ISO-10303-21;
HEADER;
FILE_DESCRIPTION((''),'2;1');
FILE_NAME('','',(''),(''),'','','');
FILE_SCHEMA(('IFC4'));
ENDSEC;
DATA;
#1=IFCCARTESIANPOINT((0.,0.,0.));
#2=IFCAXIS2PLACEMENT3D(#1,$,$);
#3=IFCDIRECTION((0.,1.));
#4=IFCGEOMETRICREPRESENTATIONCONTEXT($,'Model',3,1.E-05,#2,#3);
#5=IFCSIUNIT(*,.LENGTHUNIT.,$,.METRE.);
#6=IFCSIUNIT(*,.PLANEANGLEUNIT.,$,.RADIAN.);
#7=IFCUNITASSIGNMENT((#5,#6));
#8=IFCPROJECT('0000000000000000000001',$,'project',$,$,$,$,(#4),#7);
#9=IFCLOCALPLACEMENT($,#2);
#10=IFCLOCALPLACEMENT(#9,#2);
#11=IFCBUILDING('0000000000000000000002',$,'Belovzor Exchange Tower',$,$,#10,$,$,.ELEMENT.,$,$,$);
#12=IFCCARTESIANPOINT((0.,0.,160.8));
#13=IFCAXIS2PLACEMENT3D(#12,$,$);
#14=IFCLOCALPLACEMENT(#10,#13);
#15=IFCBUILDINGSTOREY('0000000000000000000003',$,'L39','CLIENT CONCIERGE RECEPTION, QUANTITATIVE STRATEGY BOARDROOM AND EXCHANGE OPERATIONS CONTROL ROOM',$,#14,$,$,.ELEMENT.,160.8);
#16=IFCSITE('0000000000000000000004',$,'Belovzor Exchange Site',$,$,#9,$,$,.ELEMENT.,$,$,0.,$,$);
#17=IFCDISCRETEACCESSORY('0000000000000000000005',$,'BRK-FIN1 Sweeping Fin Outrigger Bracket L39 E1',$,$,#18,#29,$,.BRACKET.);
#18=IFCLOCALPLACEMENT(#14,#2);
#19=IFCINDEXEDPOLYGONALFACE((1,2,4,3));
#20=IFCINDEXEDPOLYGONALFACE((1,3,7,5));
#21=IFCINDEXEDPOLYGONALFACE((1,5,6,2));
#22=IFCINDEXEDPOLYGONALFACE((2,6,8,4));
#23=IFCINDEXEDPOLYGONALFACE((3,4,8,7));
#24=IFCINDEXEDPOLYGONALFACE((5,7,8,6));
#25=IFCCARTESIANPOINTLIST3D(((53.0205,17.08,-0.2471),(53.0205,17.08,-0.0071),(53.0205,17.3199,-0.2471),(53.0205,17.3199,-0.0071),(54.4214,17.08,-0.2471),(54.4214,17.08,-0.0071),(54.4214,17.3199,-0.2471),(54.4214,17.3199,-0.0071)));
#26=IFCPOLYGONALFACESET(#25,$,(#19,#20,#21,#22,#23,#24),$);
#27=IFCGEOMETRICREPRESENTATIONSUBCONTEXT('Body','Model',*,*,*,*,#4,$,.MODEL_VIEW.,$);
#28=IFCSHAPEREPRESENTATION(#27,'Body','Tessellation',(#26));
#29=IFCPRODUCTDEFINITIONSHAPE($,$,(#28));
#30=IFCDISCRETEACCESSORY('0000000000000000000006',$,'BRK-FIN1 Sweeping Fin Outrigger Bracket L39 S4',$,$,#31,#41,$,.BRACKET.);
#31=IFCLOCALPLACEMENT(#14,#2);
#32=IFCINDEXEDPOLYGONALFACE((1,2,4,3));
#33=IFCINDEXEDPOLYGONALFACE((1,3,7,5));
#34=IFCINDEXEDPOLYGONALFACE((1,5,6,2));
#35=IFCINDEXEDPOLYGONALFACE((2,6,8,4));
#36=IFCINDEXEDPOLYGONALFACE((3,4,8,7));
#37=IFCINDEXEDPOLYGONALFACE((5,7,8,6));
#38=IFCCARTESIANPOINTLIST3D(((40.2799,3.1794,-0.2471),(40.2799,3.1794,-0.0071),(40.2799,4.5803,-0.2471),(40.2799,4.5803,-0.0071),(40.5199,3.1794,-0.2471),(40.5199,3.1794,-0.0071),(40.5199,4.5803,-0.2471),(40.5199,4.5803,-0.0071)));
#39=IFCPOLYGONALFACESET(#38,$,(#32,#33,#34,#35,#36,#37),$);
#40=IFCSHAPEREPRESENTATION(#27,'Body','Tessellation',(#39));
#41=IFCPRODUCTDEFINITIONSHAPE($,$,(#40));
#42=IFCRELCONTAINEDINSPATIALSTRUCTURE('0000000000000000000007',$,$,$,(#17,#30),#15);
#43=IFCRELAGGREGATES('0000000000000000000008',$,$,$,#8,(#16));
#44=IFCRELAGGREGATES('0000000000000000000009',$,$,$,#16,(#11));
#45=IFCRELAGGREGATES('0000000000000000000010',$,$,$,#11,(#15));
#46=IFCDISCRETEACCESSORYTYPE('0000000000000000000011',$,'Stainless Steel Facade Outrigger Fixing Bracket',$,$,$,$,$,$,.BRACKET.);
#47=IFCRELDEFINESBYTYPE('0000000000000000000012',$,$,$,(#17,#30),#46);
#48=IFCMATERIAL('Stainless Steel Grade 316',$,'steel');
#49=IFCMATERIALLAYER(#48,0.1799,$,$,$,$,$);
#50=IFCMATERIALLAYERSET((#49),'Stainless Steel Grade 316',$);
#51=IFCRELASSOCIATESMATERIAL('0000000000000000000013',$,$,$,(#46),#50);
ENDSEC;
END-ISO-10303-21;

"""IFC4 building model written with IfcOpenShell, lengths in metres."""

from ifc_helpers import new_model, si_unit, direction, frame, origin, origin_2d, place, context, subcontext, project, spatial, rectangle, extrude, material, layer, layer_set, type_object, element, save


model = new_model("IFC4")

# Units and contexts
model_context = context("Model", 3, precision=1e-05, world=origin(), true_north=direction((0.0, 1.0)))
body_context = subcontext(model_context, "Body", "Model", "MODEL_VIEW")
ifc_project = project(units=[si_unit("LENGTHUNIT", "METRE"), si_unit("PLANEANGLEUNIT", "RADIAN")], contexts=[model_context])

# Site, building, storey
site_placement = place(None, origin())
site = spatial("IfcSite", under=ifc_project, at=site_placement, Name="Belovzor Exchange Site", CompositionType="ELEMENT", RefElevation=0.0)
building_placement = place(site_placement, origin())
building = spatial("IfcBuilding", under=site, at=building_placement, Name="Belovzor Exchange Tower", CompositionType="ELEMENT")
storey_placement = place(building_placement, frame((0.0, 0.0, 160.8)))
storey = spatial("IfcBuildingStorey", under=building, at=storey_placement, Name="L39", Description="CLIENT CONCIERGE RECEPTION, QUANTITATIVE STRATEGY BOARDROOM AND EXCHANGE OPERATIONS CONTROL ROOM", CompositionType="ELEMENT", Elevation=160.8)

# Discrete accessories
ifc_material_1 = material(Name="Stainless Steel Grade 316", Category="steel")
ifc_layer_1 = layer(ifc_material_1, 0.1799)
ifc_layer_set_1 = layer_set([ifc_layer_1], Name="Stainless Steel Grade 316")
discrete_accessory_type = type_object("IfcDiscreteAccessoryType", Name="Stainless Steel Facade Outrigger Fixing Bracket", PredefinedType="BRACKET", material=ifc_layer_set_1)
for number, where, z_axis, x_axis, name in (
    (1, (53.7209, 17.2, -0.2471), (0.0, 0.0, 1.0), (1.0, 0.0, 0.0), "BRK-FIN1 Sweeping Fin Outrigger Bracket L39 E1"),
    (2, (40.3999, 3.8799, -0.2471), (0.0, 0.0, 1.0), (0.0, 1.0, 0.0), "BRK-FIN1 Sweeping Fin Outrigger Bracket L39 S4"),
):
    element("IfcDiscreteAccessory", number, at=place(storey_placement, frame(where, z_axis=z_axis, x_axis=x_axis)), inside=storey, type_object=discrete_accessory_type, Name=name, PredefinedType="BRACKET", context=body_context, shape_type="SweptSolid", body=[
        extrude(rectangle(XDim=1.4009, YDim=0.24, at=origin_2d()), origin(), (0.0, 0.0, 1.0), 0.24),
    ])

save(model, "model.ifc")
